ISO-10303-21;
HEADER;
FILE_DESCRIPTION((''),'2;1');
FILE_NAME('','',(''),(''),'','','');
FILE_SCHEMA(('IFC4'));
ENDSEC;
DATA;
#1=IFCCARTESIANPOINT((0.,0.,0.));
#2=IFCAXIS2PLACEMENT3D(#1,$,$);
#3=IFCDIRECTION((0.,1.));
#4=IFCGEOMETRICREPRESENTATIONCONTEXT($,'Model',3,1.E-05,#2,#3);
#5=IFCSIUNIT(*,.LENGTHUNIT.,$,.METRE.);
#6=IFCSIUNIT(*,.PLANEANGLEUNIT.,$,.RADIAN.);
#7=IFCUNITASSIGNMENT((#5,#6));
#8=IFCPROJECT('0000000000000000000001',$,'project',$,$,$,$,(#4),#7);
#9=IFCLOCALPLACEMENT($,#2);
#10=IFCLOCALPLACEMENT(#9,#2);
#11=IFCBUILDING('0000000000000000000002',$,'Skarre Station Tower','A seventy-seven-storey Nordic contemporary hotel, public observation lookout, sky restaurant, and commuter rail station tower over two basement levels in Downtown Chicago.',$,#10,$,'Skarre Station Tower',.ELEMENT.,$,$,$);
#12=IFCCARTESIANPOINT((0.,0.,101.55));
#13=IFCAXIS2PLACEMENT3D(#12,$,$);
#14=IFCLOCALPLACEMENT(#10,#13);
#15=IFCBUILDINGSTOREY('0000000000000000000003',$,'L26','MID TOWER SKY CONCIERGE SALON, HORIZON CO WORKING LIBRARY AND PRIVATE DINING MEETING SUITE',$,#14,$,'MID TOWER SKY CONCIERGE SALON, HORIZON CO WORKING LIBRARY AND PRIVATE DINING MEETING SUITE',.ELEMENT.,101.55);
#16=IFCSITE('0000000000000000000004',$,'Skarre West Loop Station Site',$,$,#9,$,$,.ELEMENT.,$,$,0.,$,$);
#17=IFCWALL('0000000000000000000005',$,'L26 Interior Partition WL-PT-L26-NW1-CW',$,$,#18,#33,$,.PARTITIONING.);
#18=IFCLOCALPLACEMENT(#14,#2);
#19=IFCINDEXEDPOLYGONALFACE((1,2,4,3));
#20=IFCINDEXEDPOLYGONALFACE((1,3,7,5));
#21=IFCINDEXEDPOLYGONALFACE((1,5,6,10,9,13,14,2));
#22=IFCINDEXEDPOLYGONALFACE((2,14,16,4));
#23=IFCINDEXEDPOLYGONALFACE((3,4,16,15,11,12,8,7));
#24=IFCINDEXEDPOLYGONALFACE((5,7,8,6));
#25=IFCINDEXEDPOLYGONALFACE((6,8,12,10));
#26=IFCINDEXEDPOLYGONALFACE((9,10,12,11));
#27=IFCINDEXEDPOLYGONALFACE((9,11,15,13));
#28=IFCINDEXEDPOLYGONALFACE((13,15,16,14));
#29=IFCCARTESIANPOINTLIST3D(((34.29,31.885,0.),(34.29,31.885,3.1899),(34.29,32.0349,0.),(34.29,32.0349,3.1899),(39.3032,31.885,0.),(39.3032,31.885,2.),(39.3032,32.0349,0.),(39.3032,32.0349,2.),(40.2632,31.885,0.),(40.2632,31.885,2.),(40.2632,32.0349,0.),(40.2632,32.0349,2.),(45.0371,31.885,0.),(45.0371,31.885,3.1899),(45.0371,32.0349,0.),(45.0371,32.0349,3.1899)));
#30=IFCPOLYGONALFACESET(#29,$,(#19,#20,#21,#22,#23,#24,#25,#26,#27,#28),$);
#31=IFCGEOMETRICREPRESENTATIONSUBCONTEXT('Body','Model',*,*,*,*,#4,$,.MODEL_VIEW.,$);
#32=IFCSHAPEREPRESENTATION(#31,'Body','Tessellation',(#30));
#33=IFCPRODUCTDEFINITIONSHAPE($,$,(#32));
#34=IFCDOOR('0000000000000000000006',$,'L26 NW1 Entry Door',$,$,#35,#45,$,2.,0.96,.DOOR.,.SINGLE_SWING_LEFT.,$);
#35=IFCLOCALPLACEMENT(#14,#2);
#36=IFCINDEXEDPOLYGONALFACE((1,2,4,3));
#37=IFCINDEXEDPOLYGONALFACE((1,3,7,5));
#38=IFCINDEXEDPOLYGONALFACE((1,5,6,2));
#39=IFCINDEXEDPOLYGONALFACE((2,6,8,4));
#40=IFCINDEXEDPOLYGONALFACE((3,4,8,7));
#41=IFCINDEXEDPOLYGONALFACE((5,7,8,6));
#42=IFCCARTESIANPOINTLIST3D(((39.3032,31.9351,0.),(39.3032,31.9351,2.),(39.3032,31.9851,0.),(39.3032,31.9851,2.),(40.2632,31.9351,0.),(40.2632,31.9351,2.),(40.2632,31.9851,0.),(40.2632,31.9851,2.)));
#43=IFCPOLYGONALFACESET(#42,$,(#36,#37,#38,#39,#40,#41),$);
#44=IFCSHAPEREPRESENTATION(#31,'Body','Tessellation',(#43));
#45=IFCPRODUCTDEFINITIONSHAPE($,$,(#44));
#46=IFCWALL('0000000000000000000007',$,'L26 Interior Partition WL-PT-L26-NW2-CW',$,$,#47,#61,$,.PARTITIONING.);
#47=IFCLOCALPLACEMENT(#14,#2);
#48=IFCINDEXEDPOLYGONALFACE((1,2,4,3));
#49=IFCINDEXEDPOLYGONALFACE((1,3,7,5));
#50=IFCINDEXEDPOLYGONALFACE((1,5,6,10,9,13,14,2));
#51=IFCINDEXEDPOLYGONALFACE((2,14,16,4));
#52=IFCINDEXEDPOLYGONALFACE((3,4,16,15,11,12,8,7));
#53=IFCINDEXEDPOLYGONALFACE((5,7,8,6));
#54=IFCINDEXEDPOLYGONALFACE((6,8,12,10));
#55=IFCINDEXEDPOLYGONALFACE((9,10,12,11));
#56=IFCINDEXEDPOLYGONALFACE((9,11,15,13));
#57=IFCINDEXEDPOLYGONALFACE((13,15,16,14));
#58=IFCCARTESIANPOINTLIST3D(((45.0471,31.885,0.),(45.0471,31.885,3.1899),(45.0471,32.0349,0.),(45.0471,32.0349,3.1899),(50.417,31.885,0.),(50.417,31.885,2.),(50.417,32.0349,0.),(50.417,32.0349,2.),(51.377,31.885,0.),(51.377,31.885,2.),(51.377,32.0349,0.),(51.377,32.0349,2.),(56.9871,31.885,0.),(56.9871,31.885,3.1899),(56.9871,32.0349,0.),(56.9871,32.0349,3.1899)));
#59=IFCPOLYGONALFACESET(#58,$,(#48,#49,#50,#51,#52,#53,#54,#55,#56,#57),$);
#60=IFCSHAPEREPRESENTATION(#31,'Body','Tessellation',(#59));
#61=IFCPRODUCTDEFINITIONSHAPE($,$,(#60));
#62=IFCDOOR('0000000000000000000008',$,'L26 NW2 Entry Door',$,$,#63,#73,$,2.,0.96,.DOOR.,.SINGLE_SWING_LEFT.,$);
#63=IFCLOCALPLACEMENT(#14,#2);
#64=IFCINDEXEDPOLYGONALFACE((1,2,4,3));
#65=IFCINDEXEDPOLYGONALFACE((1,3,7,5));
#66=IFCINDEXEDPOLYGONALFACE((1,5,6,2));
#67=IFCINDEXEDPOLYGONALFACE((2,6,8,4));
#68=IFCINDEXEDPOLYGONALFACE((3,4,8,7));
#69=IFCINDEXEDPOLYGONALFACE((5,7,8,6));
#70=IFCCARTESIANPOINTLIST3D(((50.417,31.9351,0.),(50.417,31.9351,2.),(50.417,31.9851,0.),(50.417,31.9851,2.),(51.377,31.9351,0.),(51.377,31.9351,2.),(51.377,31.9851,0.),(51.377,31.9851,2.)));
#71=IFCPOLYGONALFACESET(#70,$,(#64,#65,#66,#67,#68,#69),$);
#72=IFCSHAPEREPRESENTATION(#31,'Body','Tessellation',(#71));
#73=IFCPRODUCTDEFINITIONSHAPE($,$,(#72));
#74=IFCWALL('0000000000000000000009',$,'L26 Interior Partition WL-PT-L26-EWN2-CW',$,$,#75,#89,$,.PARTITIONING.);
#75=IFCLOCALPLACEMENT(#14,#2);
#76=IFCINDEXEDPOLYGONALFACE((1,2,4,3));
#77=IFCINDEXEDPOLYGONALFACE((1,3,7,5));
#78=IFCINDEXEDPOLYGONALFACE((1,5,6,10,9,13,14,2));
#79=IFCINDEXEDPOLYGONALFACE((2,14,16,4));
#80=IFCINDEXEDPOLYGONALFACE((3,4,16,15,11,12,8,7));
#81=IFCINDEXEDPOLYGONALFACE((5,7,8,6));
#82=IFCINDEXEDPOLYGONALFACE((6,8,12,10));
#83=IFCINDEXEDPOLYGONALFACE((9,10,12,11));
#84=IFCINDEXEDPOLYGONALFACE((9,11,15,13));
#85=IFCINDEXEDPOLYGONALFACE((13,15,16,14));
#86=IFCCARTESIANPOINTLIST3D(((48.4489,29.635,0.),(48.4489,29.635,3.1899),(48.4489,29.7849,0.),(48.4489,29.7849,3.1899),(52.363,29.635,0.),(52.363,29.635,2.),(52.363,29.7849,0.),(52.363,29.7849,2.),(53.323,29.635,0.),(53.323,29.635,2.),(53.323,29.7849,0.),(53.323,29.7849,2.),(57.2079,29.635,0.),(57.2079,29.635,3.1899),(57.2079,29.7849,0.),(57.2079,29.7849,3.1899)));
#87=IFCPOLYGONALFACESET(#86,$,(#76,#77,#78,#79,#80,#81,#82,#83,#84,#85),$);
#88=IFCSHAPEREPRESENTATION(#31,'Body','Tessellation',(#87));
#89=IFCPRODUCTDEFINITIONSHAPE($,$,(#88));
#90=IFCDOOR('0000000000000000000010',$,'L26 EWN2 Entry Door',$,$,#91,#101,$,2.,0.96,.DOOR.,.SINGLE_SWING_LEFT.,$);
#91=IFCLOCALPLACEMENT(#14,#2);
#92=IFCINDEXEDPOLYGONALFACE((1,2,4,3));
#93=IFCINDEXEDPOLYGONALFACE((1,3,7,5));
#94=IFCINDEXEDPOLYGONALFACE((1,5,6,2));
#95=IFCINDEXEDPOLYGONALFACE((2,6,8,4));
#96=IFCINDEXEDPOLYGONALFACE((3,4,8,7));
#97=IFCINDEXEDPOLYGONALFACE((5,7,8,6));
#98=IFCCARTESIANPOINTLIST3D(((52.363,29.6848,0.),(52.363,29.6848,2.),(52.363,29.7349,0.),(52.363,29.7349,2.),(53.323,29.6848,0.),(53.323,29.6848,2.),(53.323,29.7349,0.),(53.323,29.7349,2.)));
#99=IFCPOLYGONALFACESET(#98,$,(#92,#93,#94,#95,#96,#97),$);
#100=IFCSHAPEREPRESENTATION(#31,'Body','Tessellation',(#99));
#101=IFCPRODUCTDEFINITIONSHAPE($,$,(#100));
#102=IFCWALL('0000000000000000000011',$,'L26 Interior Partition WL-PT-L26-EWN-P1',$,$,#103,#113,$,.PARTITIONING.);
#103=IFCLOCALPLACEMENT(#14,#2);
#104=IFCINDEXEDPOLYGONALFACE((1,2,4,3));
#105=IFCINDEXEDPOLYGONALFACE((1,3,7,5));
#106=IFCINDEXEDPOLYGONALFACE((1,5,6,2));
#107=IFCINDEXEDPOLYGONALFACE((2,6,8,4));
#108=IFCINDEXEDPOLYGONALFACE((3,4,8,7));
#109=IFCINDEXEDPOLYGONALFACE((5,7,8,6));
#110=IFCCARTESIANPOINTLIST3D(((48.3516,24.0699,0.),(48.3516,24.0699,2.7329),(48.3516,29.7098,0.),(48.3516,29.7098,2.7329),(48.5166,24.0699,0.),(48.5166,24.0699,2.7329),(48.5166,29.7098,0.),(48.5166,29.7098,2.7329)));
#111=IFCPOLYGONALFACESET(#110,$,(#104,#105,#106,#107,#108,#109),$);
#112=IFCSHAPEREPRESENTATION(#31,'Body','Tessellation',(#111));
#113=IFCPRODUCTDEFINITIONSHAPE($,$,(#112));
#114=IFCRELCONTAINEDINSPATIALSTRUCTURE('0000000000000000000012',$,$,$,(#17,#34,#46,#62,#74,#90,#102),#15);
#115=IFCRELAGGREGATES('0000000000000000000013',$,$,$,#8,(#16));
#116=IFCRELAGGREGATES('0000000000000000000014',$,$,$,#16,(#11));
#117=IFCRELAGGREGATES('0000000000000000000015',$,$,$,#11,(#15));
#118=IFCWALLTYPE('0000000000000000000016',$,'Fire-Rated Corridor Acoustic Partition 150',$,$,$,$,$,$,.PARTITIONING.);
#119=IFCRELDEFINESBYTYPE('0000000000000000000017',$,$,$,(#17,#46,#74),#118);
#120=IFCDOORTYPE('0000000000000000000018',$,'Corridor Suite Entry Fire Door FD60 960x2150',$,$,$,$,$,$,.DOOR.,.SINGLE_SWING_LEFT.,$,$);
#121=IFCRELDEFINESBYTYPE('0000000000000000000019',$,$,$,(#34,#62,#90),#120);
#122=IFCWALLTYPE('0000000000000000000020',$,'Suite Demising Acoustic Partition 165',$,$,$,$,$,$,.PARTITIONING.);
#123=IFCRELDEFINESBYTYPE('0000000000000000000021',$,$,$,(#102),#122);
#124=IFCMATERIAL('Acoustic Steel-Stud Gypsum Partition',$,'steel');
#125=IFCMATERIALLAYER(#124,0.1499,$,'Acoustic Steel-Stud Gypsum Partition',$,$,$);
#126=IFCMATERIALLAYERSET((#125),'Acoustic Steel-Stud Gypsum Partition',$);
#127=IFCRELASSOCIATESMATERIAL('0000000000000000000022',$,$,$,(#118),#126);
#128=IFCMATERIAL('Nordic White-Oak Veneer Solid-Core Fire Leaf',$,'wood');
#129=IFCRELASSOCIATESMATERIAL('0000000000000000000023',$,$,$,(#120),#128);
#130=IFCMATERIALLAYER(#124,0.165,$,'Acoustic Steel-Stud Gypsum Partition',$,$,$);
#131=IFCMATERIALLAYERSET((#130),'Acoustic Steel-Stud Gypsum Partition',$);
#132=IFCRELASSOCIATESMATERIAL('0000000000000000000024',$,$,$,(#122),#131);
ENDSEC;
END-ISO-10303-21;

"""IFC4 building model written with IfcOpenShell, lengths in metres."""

from ifc_helpers import new_model, si_unit, direction, frame, frame_2d, origin, place, context, subcontext, project, spatial, rectangle, extrude, material, layer, layer_set, type_object, element, fill, save


model = new_model("IFC4")

# Units and contexts
model_context = context("Model", 3, precision=1e-05, world=origin(), true_north=direction((0.0, 1.0)))
body_context = subcontext(model_context, "Body", "Model", "MODEL_VIEW")
ifc_project = project(units=[si_unit("LENGTHUNIT", "METRE"), si_unit("PLANEANGLEUNIT", "RADIAN")], contexts=[model_context])

# Site, building, storey
site_placement = place(None, origin())
site = spatial("IfcSite", under=ifc_project, at=site_placement, Name="Skarre West Loop Station Site", CompositionType="ELEMENT", RefElevation=0.0)
building_placement = place(site_placement, origin())
building = spatial("IfcBuilding", under=site, at=building_placement, Name="Skarre Station Tower", Description="A seventy-seven-storey Nordic contemporary hotel, public observation lookout, sky restaurant, and commuter rail station tower over two basement levels in Downtown Chicago.", LongName="Skarre Station Tower", CompositionType="ELEMENT")
storey_placement = place(building_placement, frame((0.0, 0.0, 101.55)))
storey = spatial("IfcBuildingStorey", under=building, at=storey_placement, Name="L26", Description="MID TOWER SKY CONCIERGE SALON, HORIZON CO WORKING LIBRARY AND PRIVATE DINING MEETING SUITE", LongName="MID TOWER SKY CONCIERGE SALON, HORIZON CO WORKING LIBRARY AND PRIVATE DINING MEETING SUITE", CompositionType="ELEMENT", Elevation=101.55)

# Walls, openings, doors
ifc_material_1 = material(Name="Acoustic Steel-Stud Gypsum Partition", Category="steel")
ifc_layer_1 = layer(ifc_material_1, 0.1499, Name="Acoustic Steel-Stud Gypsum Partition")
ifc_layer_set_1 = layer_set([ifc_layer_1], Name="Acoustic Steel-Stud Gypsum Partition")
wall_type_1 = type_object("IfcWallType", Name="Fire-Rated Corridor Acoustic Partition 150", PredefinedType="PARTITIONING", material=ifc_layer_set_1)
wall_1_placement = place(storey_placement, frame((45.0371, 31.96, 0.0), z_axis=(0.0, 0.0, 1.0), x_axis=(-1.0, 0.0, 0.0)))
wall_1 = element("IfcWall", 1, at=wall_1_placement, inside=storey, type_object=wall_type_1, Name="L26 Interior Partition WL-PT-L26-NW1-CW", PredefinedType="PARTITIONING", context=body_context, shape_type="SweptSolid", body=[
    extrude(rectangle(XDim=10.7471, YDim=0.1499, at=frame_2d((5.3735, 0.0))), origin(), (0.0, 0.0, 1.0), 3.1899),
])
opening_1_placement = place(wall_1_placement, frame((4.7739, 0.0, 0.0)))
opening_1 = element("IfcOpeningElement", 2, at=opening_1_placement, cuts=wall_1, PredefinedType="OPENING", context=body_context, shape_type="SweptSolid", body=[
    extrude(rectangle(XDim=0.96, YDim=2.0, at=frame_2d((0.48, 1.0))), frame((0.0, 0.085, 0.0), z_axis=(0.0, -1.0, 0.0), x_axis=(1.0, 0.0, 0.0)), (0.0, 0.0, 1.0), 0.1699),
])
ifc_material_2 = material(Name="Nordic White-Oak Veneer Solid-Core Fire Leaf", Category="wood")
door_type = type_object("IfcDoorType", Name="Corridor Suite Entry Fire Door FD60 960x2150", OperationType="SINGLE_SWING_LEFT", PredefinedType="DOOR", material=ifc_material_2)
door_1_placement = place(opening_1_placement, origin())
door_1 = element("IfcDoor", 3, at=door_1_placement, inside=storey, type_object=door_type, Name="L26 NW1 Entry Door", OperationType="SINGLE_SWING_LEFT", OverallHeight=2.0, OverallWidth=0.96, PredefinedType="DOOR", context=body_context, shape_type="SweptSolid", body=[
    extrude(rectangle(XDim=0.96, YDim=2.0, at=frame_2d((0.48, 1.0))), frame((0.0, 0.0249, 0.0), z_axis=(0.0, -1.0, 0.0), x_axis=(1.0, 0.0, 0.0)), (0.0, 0.0, 1.0), 0.05),
])
fill(opening_1, door_1)
wall_2_placement = place(storey_placement, frame((56.9871, 31.96, 0.0), z_axis=(0.0, 0.0, 1.0), x_axis=(-1.0, 0.0, 0.0)))
wall_2 = element("IfcWall", 4, at=wall_2_placement, inside=storey, type_object=wall_type_1, Name="L26 Interior Partition WL-PT-L26-NW2-CW", PredefinedType="PARTITIONING", context=body_context, shape_type="SweptSolid", body=[
    extrude(rectangle(XDim=11.9399, YDim=0.1499, at=frame_2d((5.97, 0.0))), origin(), (0.0, 0.0, 1.0), 3.1899),
])
opening_2_placement = place(wall_2_placement, frame((5.6101, 0.0, 0.0)))
opening_2 = element("IfcOpeningElement", 5, at=opening_2_placement, cuts=wall_2, PredefinedType="OPENING", context=body_context, shape_type="SweptSolid", body=[
    extrude(rectangle(XDim=0.96, YDim=2.0, at=frame_2d((0.48, 1.0))), frame((0.0, 0.085, 0.0), z_axis=(0.0, -1.0, 0.0), x_axis=(1.0, 0.0, 0.0)), (0.0, 0.0, 1.0), 0.1699),
])
door_2_placement = place(opening_2_placement, origin())
door_2 = element("IfcDoor", 6, at=door_2_placement, inside=storey, type_object=door_type, Name="L26 NW2 Entry Door", OperationType="SINGLE_SWING_LEFT", OverallHeight=2.0, OverallWidth=0.96, PredefinedType="DOOR", context=body_context, shape_type="SweptSolid", body=[
    extrude(rectangle(XDim=0.96, YDim=2.0, at=frame_2d((0.48, 1.0))), frame((0.0, 0.0249, 0.0), z_axis=(0.0, -1.0, 0.0), x_axis=(1.0, 0.0, 0.0)), (0.0, 0.0, 1.0), 0.05),
])
fill(opening_2, door_2)
wall_3_placement = place(storey_placement, frame((48.449, 29.71, 0.0), z_axis=(0.0, 0.0, 1.0), x_axis=(1.0, 0.0, 0.0)))
wall_3 = element("IfcWall", 7, at=wall_3_placement, inside=storey, type_object=wall_type_1, Name="L26 Interior Partition WL-PT-L26-EWN2-CW", PredefinedType="PARTITIONING", context=body_context, shape_type="SweptSolid", body=[
    extrude(rectangle(XDim=8.759, YDim=0.1499, at=frame_2d((4.3794, 0.0))), origin(), (0.0, 0.0, 1.0), 3.1899),
])
opening_3_placement = place(wall_3_placement, frame((3.9141, 0.0, 0.0)))
opening_3 = element("IfcOpeningElement", 8, at=opening_3_placement, cuts=wall_3, PredefinedType="OPENING", context=body_context, shape_type="SweptSolid", body=[
    extrude(rectangle(XDim=0.96, YDim=2.0, at=frame_2d((0.48, 1.0))), frame((0.0, 0.085, 0.0), z_axis=(0.0, -1.0, 0.0), x_axis=(1.0, 0.0, 0.0)), (0.0, 0.0, 1.0), 0.1699),
])
door_3_placement = place(opening_3_placement, origin())
door_3 = element("IfcDoor", 9, at=door_3_placement, inside=storey, type_object=door_type, Name="L26 EWN2 Entry Door", OperationType="SINGLE_SWING_LEFT", OverallHeight=2.0, OverallWidth=0.96, PredefinedType="DOOR", context=body_context, shape_type="SweptSolid", body=[
    extrude(rectangle(XDim=0.96, YDim=2.0, at=frame_2d((0.48, 1.0))), frame((0.0, 0.0249, 0.0), z_axis=(0.0, -1.0, 0.0), x_axis=(1.0, 0.0, 0.0)), (0.0, 0.0, 1.0), 0.05),
])
fill(opening_3, door_3)

# Wall
ifc_layer_2 = layer(ifc_material_1, 0.165, Name="Acoustic Steel-Stud Gypsum Partition")
ifc_layer_set_2 = layer_set([ifc_layer_2], Name="Acoustic Steel-Stud Gypsum Partition")
wall_type_2 = type_object("IfcWallType", Name="Suite Demising Acoustic Partition 165", PredefinedType="PARTITIONING", material=ifc_layer_set_2)
wall_4_placement = place(storey_placement, frame((48.4341, 24.0701, 0.0), z_axis=(0.0, 0.0, 1.0), x_axis=(0.0, 1.0, 0.0)))
element("IfcWall", 10, at=wall_4_placement, inside=storey, type_object=wall_type_2, Name="L26 Interior Partition WL-PT-L26-EWN-P1", PredefinedType="PARTITIONING", context=body_context, shape_type="SweptSolid", body=[
    extrude(rectangle(XDim=5.6399, YDim=0.165, at=frame_2d((2.8198, 0.0))), origin(), (0.0, 0.0, 1.0), 2.7329),
])

save(model, "model.ifc")
